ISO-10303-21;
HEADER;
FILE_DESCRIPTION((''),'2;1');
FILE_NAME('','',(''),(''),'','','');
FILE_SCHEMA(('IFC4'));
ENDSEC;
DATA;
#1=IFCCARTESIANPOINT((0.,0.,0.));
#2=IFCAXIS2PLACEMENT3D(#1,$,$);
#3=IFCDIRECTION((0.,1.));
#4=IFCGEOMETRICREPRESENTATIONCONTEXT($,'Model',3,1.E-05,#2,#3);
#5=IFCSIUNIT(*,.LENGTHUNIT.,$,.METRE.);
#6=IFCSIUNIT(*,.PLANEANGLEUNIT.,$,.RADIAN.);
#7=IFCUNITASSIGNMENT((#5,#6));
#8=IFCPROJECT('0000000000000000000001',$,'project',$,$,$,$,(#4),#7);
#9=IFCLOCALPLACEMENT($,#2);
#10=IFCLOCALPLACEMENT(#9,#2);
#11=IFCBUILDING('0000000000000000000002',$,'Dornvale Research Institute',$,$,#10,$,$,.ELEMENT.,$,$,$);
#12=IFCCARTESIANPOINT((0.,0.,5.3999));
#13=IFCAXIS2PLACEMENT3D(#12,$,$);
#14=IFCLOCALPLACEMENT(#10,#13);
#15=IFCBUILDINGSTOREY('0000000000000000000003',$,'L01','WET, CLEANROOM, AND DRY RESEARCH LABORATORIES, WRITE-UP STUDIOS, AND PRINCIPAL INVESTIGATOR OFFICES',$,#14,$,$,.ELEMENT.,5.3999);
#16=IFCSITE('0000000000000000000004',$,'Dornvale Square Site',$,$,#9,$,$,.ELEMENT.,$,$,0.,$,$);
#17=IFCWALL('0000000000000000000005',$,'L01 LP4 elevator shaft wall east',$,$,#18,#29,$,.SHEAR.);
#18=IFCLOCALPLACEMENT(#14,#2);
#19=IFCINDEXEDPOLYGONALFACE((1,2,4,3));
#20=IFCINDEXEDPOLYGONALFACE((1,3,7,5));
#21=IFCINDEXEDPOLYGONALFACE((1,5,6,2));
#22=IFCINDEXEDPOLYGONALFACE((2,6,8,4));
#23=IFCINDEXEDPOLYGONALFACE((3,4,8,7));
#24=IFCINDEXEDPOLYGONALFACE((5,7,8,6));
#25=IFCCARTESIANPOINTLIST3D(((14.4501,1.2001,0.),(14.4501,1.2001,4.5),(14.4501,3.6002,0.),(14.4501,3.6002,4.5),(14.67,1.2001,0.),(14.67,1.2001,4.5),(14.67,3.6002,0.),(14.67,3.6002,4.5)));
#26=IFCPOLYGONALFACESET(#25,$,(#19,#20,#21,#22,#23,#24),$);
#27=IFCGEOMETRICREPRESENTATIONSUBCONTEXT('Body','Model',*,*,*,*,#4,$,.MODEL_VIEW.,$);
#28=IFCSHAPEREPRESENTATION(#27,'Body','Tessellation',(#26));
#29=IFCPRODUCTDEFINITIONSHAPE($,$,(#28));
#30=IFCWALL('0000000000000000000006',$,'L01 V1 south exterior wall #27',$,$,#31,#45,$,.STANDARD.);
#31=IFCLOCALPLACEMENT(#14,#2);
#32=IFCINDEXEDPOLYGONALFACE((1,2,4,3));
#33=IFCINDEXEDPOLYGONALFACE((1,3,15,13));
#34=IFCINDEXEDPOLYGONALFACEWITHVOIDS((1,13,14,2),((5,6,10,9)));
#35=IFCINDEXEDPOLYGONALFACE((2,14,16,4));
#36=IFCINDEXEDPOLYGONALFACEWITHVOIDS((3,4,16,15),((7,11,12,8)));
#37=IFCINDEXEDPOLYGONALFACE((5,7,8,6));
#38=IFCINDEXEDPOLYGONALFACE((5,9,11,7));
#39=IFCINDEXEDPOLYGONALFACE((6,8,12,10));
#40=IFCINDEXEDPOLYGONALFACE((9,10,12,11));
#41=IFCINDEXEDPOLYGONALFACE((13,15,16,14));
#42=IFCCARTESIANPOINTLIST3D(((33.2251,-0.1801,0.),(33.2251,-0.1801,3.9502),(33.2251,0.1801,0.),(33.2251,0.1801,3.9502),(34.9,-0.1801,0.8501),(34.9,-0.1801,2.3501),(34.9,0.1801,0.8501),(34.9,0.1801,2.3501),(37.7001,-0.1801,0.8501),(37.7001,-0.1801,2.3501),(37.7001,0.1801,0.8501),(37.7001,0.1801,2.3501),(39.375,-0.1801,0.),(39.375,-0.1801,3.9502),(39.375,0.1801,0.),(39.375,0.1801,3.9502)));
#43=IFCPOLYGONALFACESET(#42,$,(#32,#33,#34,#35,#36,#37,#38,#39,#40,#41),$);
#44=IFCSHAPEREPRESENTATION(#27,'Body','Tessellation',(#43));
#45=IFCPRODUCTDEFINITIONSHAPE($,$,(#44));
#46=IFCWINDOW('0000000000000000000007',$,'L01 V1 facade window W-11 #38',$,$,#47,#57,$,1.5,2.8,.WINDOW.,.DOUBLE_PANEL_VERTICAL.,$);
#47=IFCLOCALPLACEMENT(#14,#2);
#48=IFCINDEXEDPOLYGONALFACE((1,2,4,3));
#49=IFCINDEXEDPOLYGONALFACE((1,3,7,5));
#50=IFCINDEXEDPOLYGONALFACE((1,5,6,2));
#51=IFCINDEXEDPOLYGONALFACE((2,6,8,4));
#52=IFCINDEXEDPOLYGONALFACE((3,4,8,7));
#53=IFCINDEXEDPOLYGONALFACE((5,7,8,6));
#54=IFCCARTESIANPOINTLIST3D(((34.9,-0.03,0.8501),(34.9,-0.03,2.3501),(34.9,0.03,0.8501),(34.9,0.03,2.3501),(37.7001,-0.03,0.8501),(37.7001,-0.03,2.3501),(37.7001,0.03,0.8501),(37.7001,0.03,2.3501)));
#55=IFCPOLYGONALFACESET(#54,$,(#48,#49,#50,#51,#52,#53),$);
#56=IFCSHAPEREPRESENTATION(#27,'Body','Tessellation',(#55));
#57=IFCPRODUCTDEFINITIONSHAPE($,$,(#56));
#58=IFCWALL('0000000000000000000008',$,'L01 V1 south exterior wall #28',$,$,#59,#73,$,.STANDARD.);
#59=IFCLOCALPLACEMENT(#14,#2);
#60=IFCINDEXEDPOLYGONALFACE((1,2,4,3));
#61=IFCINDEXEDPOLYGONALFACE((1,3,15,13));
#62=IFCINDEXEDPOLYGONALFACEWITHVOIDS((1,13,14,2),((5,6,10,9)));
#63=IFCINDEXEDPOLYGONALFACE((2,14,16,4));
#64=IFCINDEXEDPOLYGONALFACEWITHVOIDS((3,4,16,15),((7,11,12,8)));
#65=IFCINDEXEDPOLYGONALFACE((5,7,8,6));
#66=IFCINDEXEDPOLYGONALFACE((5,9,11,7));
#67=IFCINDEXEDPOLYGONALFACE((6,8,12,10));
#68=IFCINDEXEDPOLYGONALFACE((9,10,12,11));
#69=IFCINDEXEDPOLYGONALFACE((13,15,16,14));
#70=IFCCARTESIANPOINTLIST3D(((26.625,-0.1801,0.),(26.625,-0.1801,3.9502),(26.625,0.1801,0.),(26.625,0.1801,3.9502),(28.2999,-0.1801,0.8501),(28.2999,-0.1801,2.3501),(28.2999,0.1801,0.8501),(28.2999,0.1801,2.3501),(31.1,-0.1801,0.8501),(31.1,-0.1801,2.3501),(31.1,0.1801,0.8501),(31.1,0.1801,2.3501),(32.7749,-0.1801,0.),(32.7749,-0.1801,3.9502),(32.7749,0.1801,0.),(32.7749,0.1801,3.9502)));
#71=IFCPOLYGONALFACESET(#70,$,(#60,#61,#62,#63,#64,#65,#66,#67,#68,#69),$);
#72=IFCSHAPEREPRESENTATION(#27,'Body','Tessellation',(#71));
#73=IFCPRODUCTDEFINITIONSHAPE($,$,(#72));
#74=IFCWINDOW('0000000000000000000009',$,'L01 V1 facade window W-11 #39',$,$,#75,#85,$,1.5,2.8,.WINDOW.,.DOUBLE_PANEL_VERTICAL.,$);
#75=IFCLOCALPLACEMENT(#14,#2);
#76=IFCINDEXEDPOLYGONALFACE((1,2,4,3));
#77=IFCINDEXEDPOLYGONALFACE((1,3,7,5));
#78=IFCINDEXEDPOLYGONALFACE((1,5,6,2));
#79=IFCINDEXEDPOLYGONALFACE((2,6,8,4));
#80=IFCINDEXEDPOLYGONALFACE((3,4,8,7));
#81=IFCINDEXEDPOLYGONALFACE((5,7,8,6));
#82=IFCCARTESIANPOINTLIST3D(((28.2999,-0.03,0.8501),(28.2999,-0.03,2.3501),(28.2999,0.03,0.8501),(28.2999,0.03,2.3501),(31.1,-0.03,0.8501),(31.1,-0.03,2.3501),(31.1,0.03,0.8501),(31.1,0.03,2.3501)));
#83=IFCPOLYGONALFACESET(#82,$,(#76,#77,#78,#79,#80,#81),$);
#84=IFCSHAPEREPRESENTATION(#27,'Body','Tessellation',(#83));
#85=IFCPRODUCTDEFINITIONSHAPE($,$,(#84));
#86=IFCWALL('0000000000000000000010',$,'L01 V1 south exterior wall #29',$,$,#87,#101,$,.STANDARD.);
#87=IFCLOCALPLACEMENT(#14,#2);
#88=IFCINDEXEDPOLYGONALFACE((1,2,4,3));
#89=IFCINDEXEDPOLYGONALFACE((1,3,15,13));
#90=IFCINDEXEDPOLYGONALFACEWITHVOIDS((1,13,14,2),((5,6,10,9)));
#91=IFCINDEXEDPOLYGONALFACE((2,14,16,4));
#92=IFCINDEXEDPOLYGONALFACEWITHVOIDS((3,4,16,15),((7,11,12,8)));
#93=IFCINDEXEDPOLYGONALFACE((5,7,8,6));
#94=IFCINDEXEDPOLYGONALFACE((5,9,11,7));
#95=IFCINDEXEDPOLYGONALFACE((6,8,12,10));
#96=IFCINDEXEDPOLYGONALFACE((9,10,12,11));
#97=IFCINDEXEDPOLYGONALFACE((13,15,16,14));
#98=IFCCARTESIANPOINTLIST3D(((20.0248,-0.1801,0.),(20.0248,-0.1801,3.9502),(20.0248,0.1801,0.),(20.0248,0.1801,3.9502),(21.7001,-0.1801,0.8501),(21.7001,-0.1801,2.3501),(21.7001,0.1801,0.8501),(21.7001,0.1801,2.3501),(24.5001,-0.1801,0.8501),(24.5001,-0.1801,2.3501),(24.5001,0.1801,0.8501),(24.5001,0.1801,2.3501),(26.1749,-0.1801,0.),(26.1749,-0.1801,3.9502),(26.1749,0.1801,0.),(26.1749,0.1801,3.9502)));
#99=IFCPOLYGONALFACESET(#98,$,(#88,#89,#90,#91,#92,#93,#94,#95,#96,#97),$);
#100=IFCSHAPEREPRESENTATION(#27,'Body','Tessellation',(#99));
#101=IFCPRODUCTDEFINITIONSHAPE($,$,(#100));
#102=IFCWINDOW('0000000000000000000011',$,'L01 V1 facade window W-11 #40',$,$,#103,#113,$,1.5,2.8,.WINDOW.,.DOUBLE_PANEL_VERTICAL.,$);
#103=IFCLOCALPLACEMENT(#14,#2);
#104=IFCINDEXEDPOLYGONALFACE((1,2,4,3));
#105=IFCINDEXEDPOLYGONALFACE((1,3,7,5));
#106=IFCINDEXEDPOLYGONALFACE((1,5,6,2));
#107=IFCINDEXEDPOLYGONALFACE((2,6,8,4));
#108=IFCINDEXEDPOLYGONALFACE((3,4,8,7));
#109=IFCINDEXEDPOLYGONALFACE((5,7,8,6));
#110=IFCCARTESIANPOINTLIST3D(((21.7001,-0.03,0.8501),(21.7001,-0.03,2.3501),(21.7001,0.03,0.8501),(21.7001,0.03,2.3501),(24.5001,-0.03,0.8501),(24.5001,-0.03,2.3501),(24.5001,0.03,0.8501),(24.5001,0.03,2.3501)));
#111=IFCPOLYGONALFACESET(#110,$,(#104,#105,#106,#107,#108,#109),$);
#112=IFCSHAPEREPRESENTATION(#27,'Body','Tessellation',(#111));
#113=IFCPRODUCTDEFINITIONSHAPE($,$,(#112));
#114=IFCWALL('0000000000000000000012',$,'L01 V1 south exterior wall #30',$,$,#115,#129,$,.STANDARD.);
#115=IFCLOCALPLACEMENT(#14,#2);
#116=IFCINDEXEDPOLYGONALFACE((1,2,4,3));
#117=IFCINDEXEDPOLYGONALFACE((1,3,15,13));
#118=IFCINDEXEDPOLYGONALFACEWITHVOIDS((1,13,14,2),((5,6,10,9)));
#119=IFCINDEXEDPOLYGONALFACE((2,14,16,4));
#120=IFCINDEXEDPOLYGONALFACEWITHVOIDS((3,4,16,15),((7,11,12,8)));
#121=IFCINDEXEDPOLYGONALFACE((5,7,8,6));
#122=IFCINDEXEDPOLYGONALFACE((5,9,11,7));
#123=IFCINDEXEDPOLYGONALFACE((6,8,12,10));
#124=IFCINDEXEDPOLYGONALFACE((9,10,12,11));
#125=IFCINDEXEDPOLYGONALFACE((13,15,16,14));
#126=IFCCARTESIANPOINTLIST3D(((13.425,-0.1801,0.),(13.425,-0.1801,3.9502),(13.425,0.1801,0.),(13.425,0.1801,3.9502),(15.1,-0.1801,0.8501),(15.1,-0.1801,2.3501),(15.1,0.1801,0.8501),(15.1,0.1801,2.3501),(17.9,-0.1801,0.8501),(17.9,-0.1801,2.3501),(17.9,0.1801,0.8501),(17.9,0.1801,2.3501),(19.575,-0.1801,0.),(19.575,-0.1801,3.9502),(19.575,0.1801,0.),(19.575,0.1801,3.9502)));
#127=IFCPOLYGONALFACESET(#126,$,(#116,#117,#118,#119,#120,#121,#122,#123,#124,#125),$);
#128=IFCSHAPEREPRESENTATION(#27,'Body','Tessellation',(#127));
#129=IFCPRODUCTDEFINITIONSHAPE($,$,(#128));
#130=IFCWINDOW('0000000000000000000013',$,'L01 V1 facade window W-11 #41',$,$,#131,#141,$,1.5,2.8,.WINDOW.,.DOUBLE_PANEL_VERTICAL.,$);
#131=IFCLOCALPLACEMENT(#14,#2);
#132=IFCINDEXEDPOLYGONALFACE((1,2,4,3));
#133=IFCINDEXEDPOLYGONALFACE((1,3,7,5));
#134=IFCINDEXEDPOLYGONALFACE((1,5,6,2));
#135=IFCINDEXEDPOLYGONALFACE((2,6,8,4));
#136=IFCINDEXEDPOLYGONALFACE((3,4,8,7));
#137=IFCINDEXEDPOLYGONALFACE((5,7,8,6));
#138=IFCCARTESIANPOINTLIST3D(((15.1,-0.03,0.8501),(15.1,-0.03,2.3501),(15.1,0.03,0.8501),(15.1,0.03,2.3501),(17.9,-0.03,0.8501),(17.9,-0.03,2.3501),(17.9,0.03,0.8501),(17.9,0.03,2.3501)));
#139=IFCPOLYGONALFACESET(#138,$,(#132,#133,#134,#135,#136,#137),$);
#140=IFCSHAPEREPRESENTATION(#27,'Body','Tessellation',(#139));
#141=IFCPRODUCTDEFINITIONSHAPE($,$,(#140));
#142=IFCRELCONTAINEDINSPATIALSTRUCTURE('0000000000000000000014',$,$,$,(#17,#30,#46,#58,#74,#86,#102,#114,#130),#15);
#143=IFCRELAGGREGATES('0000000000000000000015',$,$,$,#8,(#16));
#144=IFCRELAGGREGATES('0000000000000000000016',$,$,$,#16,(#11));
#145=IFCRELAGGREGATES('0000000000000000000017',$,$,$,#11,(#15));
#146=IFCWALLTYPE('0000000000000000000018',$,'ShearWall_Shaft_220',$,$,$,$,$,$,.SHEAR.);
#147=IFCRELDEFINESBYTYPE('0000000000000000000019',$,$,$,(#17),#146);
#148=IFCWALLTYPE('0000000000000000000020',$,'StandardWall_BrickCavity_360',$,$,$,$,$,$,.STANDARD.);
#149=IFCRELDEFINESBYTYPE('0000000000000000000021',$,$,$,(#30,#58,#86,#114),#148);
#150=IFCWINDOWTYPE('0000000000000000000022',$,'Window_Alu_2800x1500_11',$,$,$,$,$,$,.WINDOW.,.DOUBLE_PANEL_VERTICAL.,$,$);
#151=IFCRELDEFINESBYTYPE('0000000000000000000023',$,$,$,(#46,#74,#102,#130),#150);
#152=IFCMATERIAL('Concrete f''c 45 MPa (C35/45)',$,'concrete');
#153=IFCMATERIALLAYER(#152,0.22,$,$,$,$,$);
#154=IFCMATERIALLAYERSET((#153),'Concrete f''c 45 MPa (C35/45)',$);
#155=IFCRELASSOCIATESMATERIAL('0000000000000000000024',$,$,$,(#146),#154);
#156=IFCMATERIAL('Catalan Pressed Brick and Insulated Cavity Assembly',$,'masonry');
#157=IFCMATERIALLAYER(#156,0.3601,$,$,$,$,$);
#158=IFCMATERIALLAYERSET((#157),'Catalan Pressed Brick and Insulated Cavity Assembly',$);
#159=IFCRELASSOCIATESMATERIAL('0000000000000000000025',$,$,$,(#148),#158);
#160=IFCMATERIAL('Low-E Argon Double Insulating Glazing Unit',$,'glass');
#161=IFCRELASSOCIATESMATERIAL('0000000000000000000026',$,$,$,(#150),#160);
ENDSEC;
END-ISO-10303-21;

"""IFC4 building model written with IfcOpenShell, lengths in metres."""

from ifc_helpers import new_model, si_unit, direction, frame, frame_2d, origin, place, context, subcontext, project, spatial, rectangle, extrude, material, layer, layer_set, type_object, element, fill, save


model = new_model("IFC4")

# Units and contexts
model_context = context("Model", 3, precision=1e-05, world=origin(), true_north=direction((0.0, 1.0)))
body_context = subcontext(model_context, "Body", "Model", "MODEL_VIEW")
ifc_project = project(units=[si_unit("LENGTHUNIT", "METRE"), si_unit("PLANEANGLEUNIT", "RADIAN")], contexts=[model_context])

# Site, building, storey
site_placement = place(None, origin())
site = spatial("IfcSite", under=ifc_project, at=site_placement, Name="Dornvale Square Site", CompositionType="ELEMENT", RefElevation=0.0)
building_placement = place(site_placement, origin())
building = spatial("IfcBuilding", under=site, at=building_placement, Name="Dornvale Research Institute", CompositionType="ELEMENT")
storey_placement = place(building_placement, frame((0.0, 0.0, 5.3999)))
storey = spatial("IfcBuildingStorey", under=building, at=storey_placement, Name="L01", Description="WET, CLEANROOM, AND DRY RESEARCH LABORATORIES, WRITE-UP STUDIOS, AND PRINCIPAL INVESTIGATOR OFFICES", CompositionType="ELEMENT", Elevation=5.3999)

# Wall
ifc_material_1 = material(Name="Concrete f'c 45 MPa (C35/45)", Category="concrete")
ifc_layer_1 = layer(ifc_material_1, 0.22)
ifc_layer_set_1 = layer_set([ifc_layer_1], Name="Concrete f'c 45 MPa (C35/45)")
wall_type_1 = type_object("IfcWallType", Name="ShearWall_Shaft_220", PredefinedType="SHEAR", material=ifc_layer_set_1)
wall_1_placement = place(storey_placement, frame((14.5601, 1.2, 0.0), z_axis=(0.0, 0.0, 1.0), x_axis=(0.0, 1.0, 0.0)))
element("IfcWall", 1, at=wall_1_placement, inside=storey, type_object=wall_type_1, Name="L01 LP4 elevator shaft wall east", PredefinedType="SHEAR", context=body_context, shape_type="SweptSolid", body=[
    extrude(rectangle(XDim=2.4001, YDim=0.22, at=frame_2d((1.2002, 0.0))), origin(), (0.0, 0.0, 1.0), 4.5),
])

# Walls, openings, windows
ifc_material_2 = material(Name="Catalan Pressed Brick and Insulated Cavity Assembly", Category="masonry")
ifc_layer_2 = layer(ifc_material_2, 0.3601)
ifc_layer_set_2 = layer_set([ifc_layer_2], Name="Catalan Pressed Brick and Insulated Cavity Assembly")
wall_type_2 = type_object("IfcWallType", Name="StandardWall_BrickCavity_360", PredefinedType="STANDARD", material=ifc_layer_set_2)
wall_2_placement = place(storey_placement, frame((39.375, 0.0, 0.0), z_axis=(0.0, 0.0, 1.0), x_axis=(-1.0, 0.0, 0.0)))
wall_2 = element("IfcWall", 2, at=wall_2_placement, inside=storey, type_object=wall_type_2, Name="L01 V1 south exterior wall #27", PredefinedType="STANDARD", context=body_context, shape_type="SweptSolid", body=[
    extrude(rectangle(XDim=6.1499, YDim=0.3601, at=frame_2d((3.075, 0.0))), origin(), (0.0, 0.0, 1.0), 3.9502),
])
opening_1_placement = place(wall_2_placement, frame((1.675, 0.0, 0.8501)))
opening_1 = element("IfcOpeningElement", 3, at=opening_1_placement, cuts=wall_2, PredefinedType="OPENING", context=body_context, shape_type="SweptSolid", body=[
    extrude(rectangle(XDim=2.8, YDim=1.5, at=frame_2d((1.3999, 0.75))), frame((0.0, 0.1951, 0.0), z_axis=(0.0, -1.0, 0.0), x_axis=(1.0, 0.0, 0.0)), (0.0, 0.0, 1.0), 0.3901),
])
ifc_material_3 = material(Name="Low-E Argon Double Insulating Glazing Unit", Category="glass")
window_type = type_object("IfcWindowType", Name="Window_Alu_2800x1500_11", PartitioningType="DOUBLE_PANEL_VERTICAL", PredefinedType="WINDOW", material=ifc_material_3)
window_1_placement = place(opening_1_placement, origin())
window_1 = element("IfcWindow", 4, at=window_1_placement, inside=storey, type_object=window_type, Name="L01 V1 facade window W-11 #38", OverallHeight=1.5, OverallWidth=2.8, PartitioningType="DOUBLE_PANEL_VERTICAL", PredefinedType="WINDOW", context=body_context, shape_type="SweptSolid", body=[
    extrude(rectangle(XDim=2.8, YDim=1.5, at=frame_2d((1.3999, 0.75))), frame((0.0, 0.03, 0.0), z_axis=(0.0, -1.0, 0.0), x_axis=(1.0, 0.0, 0.0)), (0.0, 0.0, 1.0), 0.0601),
])
fill(opening_1, window_1)
wall_3_placement = place(storey_placement, frame((32.7749, 0.0, 0.0), z_axis=(0.0, 0.0, 1.0), x_axis=(-1.0, 0.0, 0.0)))
wall_3 = element("IfcWall", 5, at=wall_3_placement, inside=storey, type_object=wall_type_2, Name="L01 V1 south exterior wall #28", PredefinedType="STANDARD", context=body_context, shape_type="SweptSolid", body=[
    extrude(rectangle(XDim=6.1499, YDim=0.3601, at=frame_2d((3.075, 0.0))), origin(), (0.0, 0.0, 1.0), 3.9502),
])
opening_2_placement = place(wall_3_placement, frame((1.675, 0.0, 0.8501)))
opening_2 = element("IfcOpeningElement", 6, at=opening_2_placement, cuts=wall_3, PredefinedType="OPENING", context=body_context, shape_type="SweptSolid", body=[
    extrude(rectangle(XDim=2.8, YDim=1.5, at=frame_2d((1.3999, 0.75))), frame((0.0, 0.1951, 0.0), z_axis=(0.0, -1.0, 0.0), x_axis=(1.0, 0.0, 0.0)), (0.0, 0.0, 1.0), 0.3901),
])
window_2_placement = place(opening_2_placement, origin())
window_2 = element("IfcWindow", 7, at=window_2_placement, inside=storey, type_object=window_type, Name="L01 V1 facade window W-11 #39", OverallHeight=1.5, OverallWidth=2.8, PartitioningType="DOUBLE_PANEL_VERTICAL", PredefinedType="WINDOW", context=body_context, shape_type="SweptSolid", body=[
    extrude(rectangle(XDim=2.8, YDim=1.5, at=frame_2d((1.3999, 0.75))), frame((0.0, 0.03, 0.0), z_axis=(0.0, -1.0, 0.0), x_axis=(1.0, 0.0, 0.0)), (0.0, 0.0, 1.0), 0.0601),
])
fill(opening_2, window_2)
wall_4_placement = place(storey_placement, frame((26.175, 0.0, 0.0), z_axis=(0.0, 0.0, 1.0), x_axis=(-1.0, 0.0, 0.0)))
wall_4 = element("IfcWall", 8, at=wall_4_placement, inside=storey, type_object=wall_type_2, Name="L01 V1 south exterior wall #29", PredefinedType="STANDARD", context=body_context, shape_type="SweptSolid", body=[
    extrude(rectangle(XDim=6.1501, YDim=0.3601, at=frame_2d((3.0752, 0.0))), origin(), (0.0, 0.0, 1.0), 3.9502),
])
opening_3_placement = place(wall_4_placement, frame((1.675, 0.0, 0.8501)))
opening_3 = element("IfcOpeningElement", 9, at=opening_3_placement, cuts=wall_4, PredefinedType="OPENING", context=body_context, shape_type="SweptSolid", body=[
    extrude(rectangle(XDim=2.8, YDim=1.5, at=frame_2d((1.3999, 0.75))), frame((0.0, 0.1951, 0.0), z_axis=(0.0, -1.0, 0.0), x_axis=(1.0, 0.0, 0.0)), (0.0, 0.0, 1.0), 0.3901),
])
window_3_placement = place(opening_3_placement, origin())
window_3 = element("IfcWindow", 10, at=window_3_placement, inside=storey, type_object=window_type, Name="L01 V1 facade window W-11 #40", OverallHeight=1.5, OverallWidth=2.8, PartitioningType="DOUBLE_PANEL_VERTICAL", PredefinedType="WINDOW", context=body_context, shape_type="SweptSolid", body=[
    extrude(rectangle(XDim=2.8, YDim=1.5, at=frame_2d((1.3999, 0.75))), frame((0.0, 0.03, 0.0), z_axis=(0.0, -1.0, 0.0), x_axis=(1.0, 0.0, 0.0)), (0.0, 0.0, 1.0), 0.0601),
])
fill(opening_3, window_3)
wall_5_placement = place(storey_placement, frame((19.575, 0.0, 0.0), z_axis=(0.0, 0.0, 1.0), x_axis=(-1.0, 0.0, 0.0)))
wall_5 = element("IfcWall", 11, at=wall_5_placement, inside=storey, type_object=wall_type_2, Name="L01 V1 south exterior wall #30", PredefinedType="STANDARD", context=body_context, shape_type="SweptSolid", body=[
    extrude(rectangle(XDim=6.1499, YDim=0.3601, at=frame_2d((3.075, 0.0))), origin(), (0.0, 0.0, 1.0), 3.9502),
])
opening_4_placement = place(wall_5_placement, frame((1.675, 0.0, 0.8501)))
opening_4 = element("IfcOpeningElement", 12, at=opening_4_placement, cuts=wall_5, PredefinedType="OPENING", context=body_context, shape_type="SweptSolid", body=[
    extrude(rectangle(XDim=2.8, YDim=1.5, at=frame_2d((1.3999, 0.75))), frame((0.0, 0.1951, 0.0), z_axis=(0.0, -1.0, 0.0), x_axis=(1.0, 0.0, 0.0)), (0.0, 0.0, 1.0), 0.3901),
])
window_4_placement = place(opening_4_placement, origin())
window_4 = element("IfcWindow", 13, at=window_4_placement, inside=storey, type_object=window_type, Name="L01 V1 facade window W-11 #41", OverallHeight=1.5, OverallWidth=2.8, PartitioningType="DOUBLE_PANEL_VERTICAL", PredefinedType="WINDOW", context=body_context, shape_type="SweptSolid", body=[
    extrude(rectangle(XDim=2.8, YDim=1.5, at=frame_2d((1.3999, 0.75))), frame((0.0, 0.03, 0.0), z_axis=(0.0, -1.0, 0.0), x_axis=(1.0, 0.0, 0.0)), (0.0, 0.0, 1.0), 0.0601),
])
fill(opening_4, window_4)

save(model, "model.ifc")
